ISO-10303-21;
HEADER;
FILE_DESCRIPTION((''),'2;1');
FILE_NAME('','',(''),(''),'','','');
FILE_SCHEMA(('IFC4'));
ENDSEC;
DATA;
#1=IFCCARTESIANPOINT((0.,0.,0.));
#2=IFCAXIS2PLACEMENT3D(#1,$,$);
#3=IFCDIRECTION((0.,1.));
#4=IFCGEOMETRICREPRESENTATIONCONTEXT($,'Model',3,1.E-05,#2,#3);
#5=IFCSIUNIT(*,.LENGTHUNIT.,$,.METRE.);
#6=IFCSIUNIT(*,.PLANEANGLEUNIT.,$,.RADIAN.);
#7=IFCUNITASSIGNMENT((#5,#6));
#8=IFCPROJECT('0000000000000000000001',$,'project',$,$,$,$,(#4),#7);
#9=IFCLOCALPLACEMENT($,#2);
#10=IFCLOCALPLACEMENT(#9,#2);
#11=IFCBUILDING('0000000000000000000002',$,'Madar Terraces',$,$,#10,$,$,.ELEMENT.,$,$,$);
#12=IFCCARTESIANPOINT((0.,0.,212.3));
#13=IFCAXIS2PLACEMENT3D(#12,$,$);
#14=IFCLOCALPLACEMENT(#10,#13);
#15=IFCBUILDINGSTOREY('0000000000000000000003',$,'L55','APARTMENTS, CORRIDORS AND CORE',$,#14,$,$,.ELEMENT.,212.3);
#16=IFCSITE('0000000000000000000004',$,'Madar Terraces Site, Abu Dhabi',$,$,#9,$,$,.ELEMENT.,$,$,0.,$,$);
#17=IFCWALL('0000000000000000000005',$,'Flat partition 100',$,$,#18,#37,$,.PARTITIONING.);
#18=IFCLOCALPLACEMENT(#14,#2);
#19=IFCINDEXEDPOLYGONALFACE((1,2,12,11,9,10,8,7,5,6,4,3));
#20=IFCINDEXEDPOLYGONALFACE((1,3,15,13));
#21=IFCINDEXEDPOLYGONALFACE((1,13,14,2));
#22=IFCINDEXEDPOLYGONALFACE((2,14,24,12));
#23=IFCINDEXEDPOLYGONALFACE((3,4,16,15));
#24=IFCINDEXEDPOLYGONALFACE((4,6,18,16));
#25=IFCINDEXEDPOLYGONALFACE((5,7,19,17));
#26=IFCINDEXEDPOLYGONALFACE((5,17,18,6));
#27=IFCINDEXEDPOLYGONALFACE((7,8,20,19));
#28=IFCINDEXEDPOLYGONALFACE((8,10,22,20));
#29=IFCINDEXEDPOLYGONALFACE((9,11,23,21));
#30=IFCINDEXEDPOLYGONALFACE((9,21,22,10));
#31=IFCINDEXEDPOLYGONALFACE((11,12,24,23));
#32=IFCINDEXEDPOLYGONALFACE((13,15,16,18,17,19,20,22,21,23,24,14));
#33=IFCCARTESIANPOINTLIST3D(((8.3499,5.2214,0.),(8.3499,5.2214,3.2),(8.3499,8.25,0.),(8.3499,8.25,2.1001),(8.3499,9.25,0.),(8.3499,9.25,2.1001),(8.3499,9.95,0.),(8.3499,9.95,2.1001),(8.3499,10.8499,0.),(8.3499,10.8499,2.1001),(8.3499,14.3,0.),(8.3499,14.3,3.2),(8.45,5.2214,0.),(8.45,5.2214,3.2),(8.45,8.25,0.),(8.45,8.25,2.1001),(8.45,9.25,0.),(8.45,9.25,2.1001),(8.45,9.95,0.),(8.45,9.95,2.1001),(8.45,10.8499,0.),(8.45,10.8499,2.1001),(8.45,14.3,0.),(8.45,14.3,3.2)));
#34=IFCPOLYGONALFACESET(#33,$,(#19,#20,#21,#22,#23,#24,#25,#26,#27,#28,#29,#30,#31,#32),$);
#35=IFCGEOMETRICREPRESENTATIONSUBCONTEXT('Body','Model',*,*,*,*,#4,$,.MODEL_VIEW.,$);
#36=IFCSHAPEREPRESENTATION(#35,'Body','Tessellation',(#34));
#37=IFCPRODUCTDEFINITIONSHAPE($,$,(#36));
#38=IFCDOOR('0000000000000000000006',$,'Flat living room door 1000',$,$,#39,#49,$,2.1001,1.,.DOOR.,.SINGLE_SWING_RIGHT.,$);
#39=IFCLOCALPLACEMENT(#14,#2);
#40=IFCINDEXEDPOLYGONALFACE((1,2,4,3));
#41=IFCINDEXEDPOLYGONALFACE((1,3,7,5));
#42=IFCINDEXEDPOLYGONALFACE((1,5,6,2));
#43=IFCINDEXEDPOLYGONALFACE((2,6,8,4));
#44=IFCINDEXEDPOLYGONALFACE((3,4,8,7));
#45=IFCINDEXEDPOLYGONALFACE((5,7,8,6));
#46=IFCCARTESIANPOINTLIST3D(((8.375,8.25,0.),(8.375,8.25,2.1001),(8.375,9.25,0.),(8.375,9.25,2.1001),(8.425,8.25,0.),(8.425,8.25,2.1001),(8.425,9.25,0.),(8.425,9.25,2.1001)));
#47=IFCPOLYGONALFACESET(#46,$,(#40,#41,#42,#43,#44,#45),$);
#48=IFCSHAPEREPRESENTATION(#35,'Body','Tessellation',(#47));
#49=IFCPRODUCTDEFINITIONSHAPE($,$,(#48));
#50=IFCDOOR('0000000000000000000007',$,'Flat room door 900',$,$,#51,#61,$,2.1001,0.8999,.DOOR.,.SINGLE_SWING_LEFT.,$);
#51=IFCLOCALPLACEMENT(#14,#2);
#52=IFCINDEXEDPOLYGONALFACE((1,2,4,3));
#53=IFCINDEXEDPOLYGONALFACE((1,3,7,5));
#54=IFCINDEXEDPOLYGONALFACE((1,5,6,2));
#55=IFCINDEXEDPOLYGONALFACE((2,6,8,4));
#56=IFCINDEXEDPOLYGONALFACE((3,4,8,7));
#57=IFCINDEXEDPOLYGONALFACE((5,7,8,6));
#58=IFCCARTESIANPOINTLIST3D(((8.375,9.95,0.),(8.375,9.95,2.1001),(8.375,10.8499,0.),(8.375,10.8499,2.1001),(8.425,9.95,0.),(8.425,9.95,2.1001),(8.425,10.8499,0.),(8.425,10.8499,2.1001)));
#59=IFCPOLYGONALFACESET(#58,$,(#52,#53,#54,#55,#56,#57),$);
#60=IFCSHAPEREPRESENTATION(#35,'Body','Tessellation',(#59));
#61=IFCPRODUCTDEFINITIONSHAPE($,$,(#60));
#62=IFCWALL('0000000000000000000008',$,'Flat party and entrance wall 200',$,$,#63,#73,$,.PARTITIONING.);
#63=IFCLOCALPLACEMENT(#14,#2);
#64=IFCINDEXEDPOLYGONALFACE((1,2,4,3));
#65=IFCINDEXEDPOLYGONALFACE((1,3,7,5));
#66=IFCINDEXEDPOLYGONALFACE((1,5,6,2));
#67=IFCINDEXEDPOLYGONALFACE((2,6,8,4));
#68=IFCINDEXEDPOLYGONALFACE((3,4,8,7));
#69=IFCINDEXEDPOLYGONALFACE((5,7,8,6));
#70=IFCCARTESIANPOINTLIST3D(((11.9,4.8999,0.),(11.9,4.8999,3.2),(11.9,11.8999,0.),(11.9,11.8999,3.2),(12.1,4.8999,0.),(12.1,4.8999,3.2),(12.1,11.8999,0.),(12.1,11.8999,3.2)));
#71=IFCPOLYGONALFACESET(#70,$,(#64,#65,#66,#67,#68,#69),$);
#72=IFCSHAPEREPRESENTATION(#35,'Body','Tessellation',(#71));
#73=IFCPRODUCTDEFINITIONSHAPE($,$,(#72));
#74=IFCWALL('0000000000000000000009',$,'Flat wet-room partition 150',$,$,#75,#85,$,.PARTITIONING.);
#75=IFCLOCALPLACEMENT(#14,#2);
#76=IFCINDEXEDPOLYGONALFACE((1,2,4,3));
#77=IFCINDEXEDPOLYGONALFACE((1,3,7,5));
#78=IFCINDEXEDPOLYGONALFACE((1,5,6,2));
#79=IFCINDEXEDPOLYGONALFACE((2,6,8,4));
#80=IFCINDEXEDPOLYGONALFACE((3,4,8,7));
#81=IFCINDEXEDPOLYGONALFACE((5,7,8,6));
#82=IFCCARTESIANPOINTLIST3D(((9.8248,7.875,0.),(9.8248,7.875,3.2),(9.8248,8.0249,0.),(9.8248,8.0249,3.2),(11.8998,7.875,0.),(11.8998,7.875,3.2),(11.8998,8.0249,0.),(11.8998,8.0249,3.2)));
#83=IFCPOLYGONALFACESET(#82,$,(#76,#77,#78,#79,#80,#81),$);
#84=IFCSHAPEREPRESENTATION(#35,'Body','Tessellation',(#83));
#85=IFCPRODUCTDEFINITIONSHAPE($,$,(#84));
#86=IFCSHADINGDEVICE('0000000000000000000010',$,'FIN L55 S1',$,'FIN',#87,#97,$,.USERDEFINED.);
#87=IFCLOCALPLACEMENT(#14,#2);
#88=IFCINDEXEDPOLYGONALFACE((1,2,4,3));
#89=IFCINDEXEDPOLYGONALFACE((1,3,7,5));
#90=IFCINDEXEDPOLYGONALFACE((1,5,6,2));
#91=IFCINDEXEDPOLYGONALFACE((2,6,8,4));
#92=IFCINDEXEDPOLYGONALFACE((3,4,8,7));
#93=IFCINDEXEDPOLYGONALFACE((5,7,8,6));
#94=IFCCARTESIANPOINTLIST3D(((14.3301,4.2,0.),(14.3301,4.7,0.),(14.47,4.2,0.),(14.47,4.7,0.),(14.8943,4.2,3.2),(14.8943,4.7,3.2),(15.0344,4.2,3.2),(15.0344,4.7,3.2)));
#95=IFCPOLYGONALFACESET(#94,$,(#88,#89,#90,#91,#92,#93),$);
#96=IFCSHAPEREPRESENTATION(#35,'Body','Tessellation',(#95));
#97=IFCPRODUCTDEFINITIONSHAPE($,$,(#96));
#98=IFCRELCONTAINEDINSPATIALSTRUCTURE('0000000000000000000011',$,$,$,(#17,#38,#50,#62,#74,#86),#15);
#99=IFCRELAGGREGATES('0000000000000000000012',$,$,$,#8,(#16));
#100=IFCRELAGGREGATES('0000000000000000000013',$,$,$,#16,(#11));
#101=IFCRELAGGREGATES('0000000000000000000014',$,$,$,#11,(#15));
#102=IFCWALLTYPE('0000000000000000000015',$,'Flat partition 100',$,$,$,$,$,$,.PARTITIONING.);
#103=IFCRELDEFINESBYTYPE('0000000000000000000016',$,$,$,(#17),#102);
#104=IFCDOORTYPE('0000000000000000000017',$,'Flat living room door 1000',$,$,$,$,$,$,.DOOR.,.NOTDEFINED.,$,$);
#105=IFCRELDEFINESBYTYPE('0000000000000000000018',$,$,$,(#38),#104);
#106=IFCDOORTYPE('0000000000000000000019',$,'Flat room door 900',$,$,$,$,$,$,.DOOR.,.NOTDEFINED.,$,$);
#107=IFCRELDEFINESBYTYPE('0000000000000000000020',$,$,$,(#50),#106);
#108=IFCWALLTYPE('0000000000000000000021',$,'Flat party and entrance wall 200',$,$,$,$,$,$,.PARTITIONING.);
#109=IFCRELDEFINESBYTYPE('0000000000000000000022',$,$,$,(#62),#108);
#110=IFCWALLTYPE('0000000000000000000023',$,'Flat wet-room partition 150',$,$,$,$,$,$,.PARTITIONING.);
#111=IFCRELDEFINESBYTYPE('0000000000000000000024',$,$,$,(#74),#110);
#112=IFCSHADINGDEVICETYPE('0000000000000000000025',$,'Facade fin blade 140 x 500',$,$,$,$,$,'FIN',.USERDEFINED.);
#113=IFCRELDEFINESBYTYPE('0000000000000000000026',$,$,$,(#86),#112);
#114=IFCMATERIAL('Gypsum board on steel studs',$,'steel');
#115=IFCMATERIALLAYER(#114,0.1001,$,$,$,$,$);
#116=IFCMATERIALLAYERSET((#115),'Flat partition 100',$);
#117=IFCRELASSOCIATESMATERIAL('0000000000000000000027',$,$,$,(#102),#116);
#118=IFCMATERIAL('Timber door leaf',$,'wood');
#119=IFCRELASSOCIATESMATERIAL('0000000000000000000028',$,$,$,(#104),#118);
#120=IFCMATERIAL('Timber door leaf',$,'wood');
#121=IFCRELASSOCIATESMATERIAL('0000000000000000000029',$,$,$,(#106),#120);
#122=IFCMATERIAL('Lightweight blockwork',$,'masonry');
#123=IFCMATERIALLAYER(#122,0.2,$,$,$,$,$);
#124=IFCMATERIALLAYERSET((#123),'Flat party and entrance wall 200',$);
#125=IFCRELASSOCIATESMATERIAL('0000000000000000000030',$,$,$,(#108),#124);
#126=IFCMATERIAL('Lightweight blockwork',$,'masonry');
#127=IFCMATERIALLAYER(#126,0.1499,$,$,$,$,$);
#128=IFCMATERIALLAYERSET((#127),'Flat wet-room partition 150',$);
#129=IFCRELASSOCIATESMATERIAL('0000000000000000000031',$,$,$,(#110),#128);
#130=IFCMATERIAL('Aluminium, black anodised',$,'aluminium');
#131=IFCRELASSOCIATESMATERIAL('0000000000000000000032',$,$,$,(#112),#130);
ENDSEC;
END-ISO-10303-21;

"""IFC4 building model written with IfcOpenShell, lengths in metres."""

from ifc_helpers import new_model, si_unit, direction, frame, frame_2d, origin, place, context, subcontext, project, spatial, polyline, rectangle, outline, extrude, material, layer, layer_set, type_object, element, fill, save


model = new_model("IFC4")

# Units and contexts
model_context = context("Model", 3, precision=1e-05, world=origin(), true_north=direction((0.0, 1.0)))
body_context = subcontext(model_context, "Body", "Model", "MODEL_VIEW")
ifc_project = project(units=[si_unit("LENGTHUNIT", "METRE"), si_unit("PLANEANGLEUNIT", "RADIAN")], contexts=[model_context])

# Site, building, storey
site_placement = place(None, origin())
site = spatial("IfcSite", under=ifc_project, at=site_placement, Name="Madar Terraces Site, Abu Dhabi", CompositionType="ELEMENT", RefElevation=0.0)
building_placement = place(site_placement, origin())
building = spatial("IfcBuilding", under=site, at=building_placement, Name="Madar Terraces", CompositionType="ELEMENT")
storey_placement = place(building_placement, frame((0.0, 0.0, 212.3)))
storey = spatial("IfcBuildingStorey", under=building, at=storey_placement, Name="L55", Description="APARTMENTS, CORRIDORS AND CORE", CompositionType="ELEMENT", Elevation=212.3)

# Wall, openings, doors
ifc_material_1 = material(Name="Gypsum board on steel studs", Category="steel")
ifc_layer_1 = layer(ifc_material_1, 0.1001)
ifc_layer_set_1 = layer_set([ifc_layer_1], Name="Flat partition 100")
wall_type_1 = type_object("IfcWallType", Name="Flat partition 100", PredefinedType="PARTITIONING", material=ifc_layer_set_1)
wall_1_placement = place(storey_placement, frame((8.3999, 5.2214, 0.0), z_axis=(0.0, 0.0, 1.0), x_axis=(0.0, 1.0, 0.0)))
wall_1 = element("IfcWall", 1, at=wall_1_placement, inside=storey, type_object=wall_type_1, Name="Flat partition 100", PredefinedType="PARTITIONING", context=body_context, shape_type="SweptSolid", body=[
    extrude(rectangle(XDim=9.0786, YDim=0.1001, at=frame_2d((4.5393, 0.0))), origin(), (0.0, 0.0, 1.0), 3.2),
])
opening_1_placement = place(wall_1_placement, frame((4.7285, 0.0, 0.0)))
opening_1 = element("IfcOpeningElement", 2, at=opening_1_placement, cuts=wall_1, PredefinedType="OPENING", context=body_context, shape_type="SweptSolid", body=[
    extrude(rectangle(XDim=0.8999, YDim=2.1001, at=frame_2d((0.45, 1.05))), frame((0.0, 0.0601, 0.0), z_axis=(0.0, -1.0, 0.0), x_axis=(1.0, 0.0, 0.0)), (0.0, 0.0, 1.0), 0.1201),
])
opening_2_placement = place(wall_1_placement, frame((3.0286, 0.0, 0.0)))
opening_2 = element("IfcOpeningElement", 3, at=opening_2_placement, cuts=wall_1, PredefinedType="OPENING", context=body_context, shape_type="SweptSolid", body=[
    extrude(rectangle(XDim=1.0, YDim=2.1001, at=frame_2d((0.5, 1.05))), frame((0.0, 0.0601, 0.0), z_axis=(0.0, -1.0, 0.0), x_axis=(1.0, 0.0, 0.0)), (0.0, 0.0, 1.0), 0.1201),
])
ifc_material_2 = material(Name="Timber door leaf", Category="wood")
door_type_1 = type_object("IfcDoorType", Name="Flat living room door 1000", OperationType="NOTDEFINED", PredefinedType="DOOR", material=ifc_material_2)
door_1_placement = place(opening_2_placement, origin())
door_1 = element("IfcDoor", 4, at=door_1_placement, inside=storey, type_object=door_type_1, Name="Flat living room door 1000", OperationType="SINGLE_SWING_RIGHT", OverallHeight=2.1001, OverallWidth=1.0, PredefinedType="DOOR", context=body_context, shape_type="SweptSolid", body=[
    extrude(rectangle(XDim=1.0, YDim=2.1001, at=frame_2d((0.5, 1.05))), frame((0.0, 0.0249, 0.0), z_axis=(0.0, -1.0, 0.0), x_axis=(1.0, 0.0, 0.0)), (0.0, 0.0, 1.0), 0.05),
])
fill(opening_2, door_1)
ifc_material_3 = material(Name="Timber door leaf", Category="wood")
door_type_2 = type_object("IfcDoorType", Name="Flat room door 900", OperationType="NOTDEFINED", PredefinedType="DOOR", material=ifc_material_3)
door_2_placement = place(opening_1_placement, origin())
door_2 = element("IfcDoor", 5, at=door_2_placement, inside=storey, type_object=door_type_2, Name="Flat room door 900", OperationType="SINGLE_SWING_LEFT", OverallHeight=2.1001, OverallWidth=0.8999, PredefinedType="DOOR", context=body_context, shape_type="SweptSolid", body=[
    extrude(rectangle(XDim=0.8999, YDim=2.1001, at=frame_2d((0.45, 1.05))), frame((0.0, 0.0249, 0.0), z_axis=(0.0, -1.0, 0.0), x_axis=(1.0, 0.0, 0.0)), (0.0, 0.0, 1.0), 0.05),
])
fill(opening_1, door_2)

# Walls
ifc_material_4 = material(Name="Lightweight blockwork", Category="masonry")
ifc_layer_2 = layer(ifc_material_4, 0.2)
ifc_layer_set_2 = layer_set([ifc_layer_2], Name="Flat party and entrance wall 200")
wall_type_2 = type_object("IfcWallType", Name="Flat party and entrance wall 200", PredefinedType="PARTITIONING", material=ifc_layer_set_2)
wall_2_placement = place(storey_placement, frame((12.0, 4.8999, 0.0), z_axis=(0.0, 0.0, 1.0), x_axis=(0.0, 1.0, 0.0)))
element("IfcWall", 6, at=wall_2_placement, inside=storey, type_object=wall_type_2, Name="Flat party and entrance wall 200", PredefinedType="PARTITIONING", context=body_context, shape_type="SweptSolid", body=[
    extrude(rectangle(XDim=7.0, YDim=0.2, at=frame_2d((3.5, 0.0))), origin(), (0.0, 0.0, 1.0), 3.2),
])
ifc_material_5 = material(Name="Lightweight blockwork", Category="masonry")
ifc_layer_3 = layer(ifc_material_5, 0.1499)
ifc_layer_set_3 = layer_set([ifc_layer_3], Name="Flat wet-room partition 150")
wall_type_3 = type_object("IfcWallType", Name="Flat wet-room partition 150", PredefinedType="PARTITIONING", material=ifc_layer_set_3)
wall_3_placement = place(storey_placement, frame((11.8999, 7.95, 0.0), z_axis=(0.0, 0.0, 1.0), x_axis=(-1.0, 0.0, 0.0)))
element("IfcWall", 7, at=wall_3_placement, inside=storey, type_object=wall_type_3, Name="Flat wet-room partition 150", PredefinedType="PARTITIONING", context=body_context, shape_type="SweptSolid", body=[
    extrude(rectangle(XDim=2.075, YDim=0.1499, at=frame_2d((1.0376, 0.0))), origin(), (0.0, 0.0, 1.0), 3.2),
])

# Shading device
ifc_material_6 = material(Name="Aluminium, black anodised", Category="aluminium")
shading_device_type = type_object("IfcShadingDeviceType", Name="Facade fin blade 140 x 500", ElementType="FIN", PredefinedType="USERDEFINED", material=ifc_material_6)
shading_device_placement = place(storey_placement, frame((14.3301, 4.45, 0.0), z_axis=(0.0, 0.0, 1.0), x_axis=(1.0, 0.0, 0.0)))
element("IfcShadingDevice", 8, at=shading_device_placement, inside=storey, type_object=shading_device_type, Name="FIN L55 S1", ObjectType="FIN", PredefinedType="USERDEFINED", context=body_context, shape_type="SweptSolid", body=[
    extrude(outline(polyline([(0.0, 0.0), (0.1399, 0.0), (0.7043, 3.2), (0.5642, 3.2), (0.0, 0.0)])), frame((0.0, 0.25, 0.0), z_axis=(0.0, -1.0, 0.0), x_axis=(1.0, 0.0, 0.0)), (0.0, 0.0, 1.0), 0.5),
])

save(model, "model.ifc")
